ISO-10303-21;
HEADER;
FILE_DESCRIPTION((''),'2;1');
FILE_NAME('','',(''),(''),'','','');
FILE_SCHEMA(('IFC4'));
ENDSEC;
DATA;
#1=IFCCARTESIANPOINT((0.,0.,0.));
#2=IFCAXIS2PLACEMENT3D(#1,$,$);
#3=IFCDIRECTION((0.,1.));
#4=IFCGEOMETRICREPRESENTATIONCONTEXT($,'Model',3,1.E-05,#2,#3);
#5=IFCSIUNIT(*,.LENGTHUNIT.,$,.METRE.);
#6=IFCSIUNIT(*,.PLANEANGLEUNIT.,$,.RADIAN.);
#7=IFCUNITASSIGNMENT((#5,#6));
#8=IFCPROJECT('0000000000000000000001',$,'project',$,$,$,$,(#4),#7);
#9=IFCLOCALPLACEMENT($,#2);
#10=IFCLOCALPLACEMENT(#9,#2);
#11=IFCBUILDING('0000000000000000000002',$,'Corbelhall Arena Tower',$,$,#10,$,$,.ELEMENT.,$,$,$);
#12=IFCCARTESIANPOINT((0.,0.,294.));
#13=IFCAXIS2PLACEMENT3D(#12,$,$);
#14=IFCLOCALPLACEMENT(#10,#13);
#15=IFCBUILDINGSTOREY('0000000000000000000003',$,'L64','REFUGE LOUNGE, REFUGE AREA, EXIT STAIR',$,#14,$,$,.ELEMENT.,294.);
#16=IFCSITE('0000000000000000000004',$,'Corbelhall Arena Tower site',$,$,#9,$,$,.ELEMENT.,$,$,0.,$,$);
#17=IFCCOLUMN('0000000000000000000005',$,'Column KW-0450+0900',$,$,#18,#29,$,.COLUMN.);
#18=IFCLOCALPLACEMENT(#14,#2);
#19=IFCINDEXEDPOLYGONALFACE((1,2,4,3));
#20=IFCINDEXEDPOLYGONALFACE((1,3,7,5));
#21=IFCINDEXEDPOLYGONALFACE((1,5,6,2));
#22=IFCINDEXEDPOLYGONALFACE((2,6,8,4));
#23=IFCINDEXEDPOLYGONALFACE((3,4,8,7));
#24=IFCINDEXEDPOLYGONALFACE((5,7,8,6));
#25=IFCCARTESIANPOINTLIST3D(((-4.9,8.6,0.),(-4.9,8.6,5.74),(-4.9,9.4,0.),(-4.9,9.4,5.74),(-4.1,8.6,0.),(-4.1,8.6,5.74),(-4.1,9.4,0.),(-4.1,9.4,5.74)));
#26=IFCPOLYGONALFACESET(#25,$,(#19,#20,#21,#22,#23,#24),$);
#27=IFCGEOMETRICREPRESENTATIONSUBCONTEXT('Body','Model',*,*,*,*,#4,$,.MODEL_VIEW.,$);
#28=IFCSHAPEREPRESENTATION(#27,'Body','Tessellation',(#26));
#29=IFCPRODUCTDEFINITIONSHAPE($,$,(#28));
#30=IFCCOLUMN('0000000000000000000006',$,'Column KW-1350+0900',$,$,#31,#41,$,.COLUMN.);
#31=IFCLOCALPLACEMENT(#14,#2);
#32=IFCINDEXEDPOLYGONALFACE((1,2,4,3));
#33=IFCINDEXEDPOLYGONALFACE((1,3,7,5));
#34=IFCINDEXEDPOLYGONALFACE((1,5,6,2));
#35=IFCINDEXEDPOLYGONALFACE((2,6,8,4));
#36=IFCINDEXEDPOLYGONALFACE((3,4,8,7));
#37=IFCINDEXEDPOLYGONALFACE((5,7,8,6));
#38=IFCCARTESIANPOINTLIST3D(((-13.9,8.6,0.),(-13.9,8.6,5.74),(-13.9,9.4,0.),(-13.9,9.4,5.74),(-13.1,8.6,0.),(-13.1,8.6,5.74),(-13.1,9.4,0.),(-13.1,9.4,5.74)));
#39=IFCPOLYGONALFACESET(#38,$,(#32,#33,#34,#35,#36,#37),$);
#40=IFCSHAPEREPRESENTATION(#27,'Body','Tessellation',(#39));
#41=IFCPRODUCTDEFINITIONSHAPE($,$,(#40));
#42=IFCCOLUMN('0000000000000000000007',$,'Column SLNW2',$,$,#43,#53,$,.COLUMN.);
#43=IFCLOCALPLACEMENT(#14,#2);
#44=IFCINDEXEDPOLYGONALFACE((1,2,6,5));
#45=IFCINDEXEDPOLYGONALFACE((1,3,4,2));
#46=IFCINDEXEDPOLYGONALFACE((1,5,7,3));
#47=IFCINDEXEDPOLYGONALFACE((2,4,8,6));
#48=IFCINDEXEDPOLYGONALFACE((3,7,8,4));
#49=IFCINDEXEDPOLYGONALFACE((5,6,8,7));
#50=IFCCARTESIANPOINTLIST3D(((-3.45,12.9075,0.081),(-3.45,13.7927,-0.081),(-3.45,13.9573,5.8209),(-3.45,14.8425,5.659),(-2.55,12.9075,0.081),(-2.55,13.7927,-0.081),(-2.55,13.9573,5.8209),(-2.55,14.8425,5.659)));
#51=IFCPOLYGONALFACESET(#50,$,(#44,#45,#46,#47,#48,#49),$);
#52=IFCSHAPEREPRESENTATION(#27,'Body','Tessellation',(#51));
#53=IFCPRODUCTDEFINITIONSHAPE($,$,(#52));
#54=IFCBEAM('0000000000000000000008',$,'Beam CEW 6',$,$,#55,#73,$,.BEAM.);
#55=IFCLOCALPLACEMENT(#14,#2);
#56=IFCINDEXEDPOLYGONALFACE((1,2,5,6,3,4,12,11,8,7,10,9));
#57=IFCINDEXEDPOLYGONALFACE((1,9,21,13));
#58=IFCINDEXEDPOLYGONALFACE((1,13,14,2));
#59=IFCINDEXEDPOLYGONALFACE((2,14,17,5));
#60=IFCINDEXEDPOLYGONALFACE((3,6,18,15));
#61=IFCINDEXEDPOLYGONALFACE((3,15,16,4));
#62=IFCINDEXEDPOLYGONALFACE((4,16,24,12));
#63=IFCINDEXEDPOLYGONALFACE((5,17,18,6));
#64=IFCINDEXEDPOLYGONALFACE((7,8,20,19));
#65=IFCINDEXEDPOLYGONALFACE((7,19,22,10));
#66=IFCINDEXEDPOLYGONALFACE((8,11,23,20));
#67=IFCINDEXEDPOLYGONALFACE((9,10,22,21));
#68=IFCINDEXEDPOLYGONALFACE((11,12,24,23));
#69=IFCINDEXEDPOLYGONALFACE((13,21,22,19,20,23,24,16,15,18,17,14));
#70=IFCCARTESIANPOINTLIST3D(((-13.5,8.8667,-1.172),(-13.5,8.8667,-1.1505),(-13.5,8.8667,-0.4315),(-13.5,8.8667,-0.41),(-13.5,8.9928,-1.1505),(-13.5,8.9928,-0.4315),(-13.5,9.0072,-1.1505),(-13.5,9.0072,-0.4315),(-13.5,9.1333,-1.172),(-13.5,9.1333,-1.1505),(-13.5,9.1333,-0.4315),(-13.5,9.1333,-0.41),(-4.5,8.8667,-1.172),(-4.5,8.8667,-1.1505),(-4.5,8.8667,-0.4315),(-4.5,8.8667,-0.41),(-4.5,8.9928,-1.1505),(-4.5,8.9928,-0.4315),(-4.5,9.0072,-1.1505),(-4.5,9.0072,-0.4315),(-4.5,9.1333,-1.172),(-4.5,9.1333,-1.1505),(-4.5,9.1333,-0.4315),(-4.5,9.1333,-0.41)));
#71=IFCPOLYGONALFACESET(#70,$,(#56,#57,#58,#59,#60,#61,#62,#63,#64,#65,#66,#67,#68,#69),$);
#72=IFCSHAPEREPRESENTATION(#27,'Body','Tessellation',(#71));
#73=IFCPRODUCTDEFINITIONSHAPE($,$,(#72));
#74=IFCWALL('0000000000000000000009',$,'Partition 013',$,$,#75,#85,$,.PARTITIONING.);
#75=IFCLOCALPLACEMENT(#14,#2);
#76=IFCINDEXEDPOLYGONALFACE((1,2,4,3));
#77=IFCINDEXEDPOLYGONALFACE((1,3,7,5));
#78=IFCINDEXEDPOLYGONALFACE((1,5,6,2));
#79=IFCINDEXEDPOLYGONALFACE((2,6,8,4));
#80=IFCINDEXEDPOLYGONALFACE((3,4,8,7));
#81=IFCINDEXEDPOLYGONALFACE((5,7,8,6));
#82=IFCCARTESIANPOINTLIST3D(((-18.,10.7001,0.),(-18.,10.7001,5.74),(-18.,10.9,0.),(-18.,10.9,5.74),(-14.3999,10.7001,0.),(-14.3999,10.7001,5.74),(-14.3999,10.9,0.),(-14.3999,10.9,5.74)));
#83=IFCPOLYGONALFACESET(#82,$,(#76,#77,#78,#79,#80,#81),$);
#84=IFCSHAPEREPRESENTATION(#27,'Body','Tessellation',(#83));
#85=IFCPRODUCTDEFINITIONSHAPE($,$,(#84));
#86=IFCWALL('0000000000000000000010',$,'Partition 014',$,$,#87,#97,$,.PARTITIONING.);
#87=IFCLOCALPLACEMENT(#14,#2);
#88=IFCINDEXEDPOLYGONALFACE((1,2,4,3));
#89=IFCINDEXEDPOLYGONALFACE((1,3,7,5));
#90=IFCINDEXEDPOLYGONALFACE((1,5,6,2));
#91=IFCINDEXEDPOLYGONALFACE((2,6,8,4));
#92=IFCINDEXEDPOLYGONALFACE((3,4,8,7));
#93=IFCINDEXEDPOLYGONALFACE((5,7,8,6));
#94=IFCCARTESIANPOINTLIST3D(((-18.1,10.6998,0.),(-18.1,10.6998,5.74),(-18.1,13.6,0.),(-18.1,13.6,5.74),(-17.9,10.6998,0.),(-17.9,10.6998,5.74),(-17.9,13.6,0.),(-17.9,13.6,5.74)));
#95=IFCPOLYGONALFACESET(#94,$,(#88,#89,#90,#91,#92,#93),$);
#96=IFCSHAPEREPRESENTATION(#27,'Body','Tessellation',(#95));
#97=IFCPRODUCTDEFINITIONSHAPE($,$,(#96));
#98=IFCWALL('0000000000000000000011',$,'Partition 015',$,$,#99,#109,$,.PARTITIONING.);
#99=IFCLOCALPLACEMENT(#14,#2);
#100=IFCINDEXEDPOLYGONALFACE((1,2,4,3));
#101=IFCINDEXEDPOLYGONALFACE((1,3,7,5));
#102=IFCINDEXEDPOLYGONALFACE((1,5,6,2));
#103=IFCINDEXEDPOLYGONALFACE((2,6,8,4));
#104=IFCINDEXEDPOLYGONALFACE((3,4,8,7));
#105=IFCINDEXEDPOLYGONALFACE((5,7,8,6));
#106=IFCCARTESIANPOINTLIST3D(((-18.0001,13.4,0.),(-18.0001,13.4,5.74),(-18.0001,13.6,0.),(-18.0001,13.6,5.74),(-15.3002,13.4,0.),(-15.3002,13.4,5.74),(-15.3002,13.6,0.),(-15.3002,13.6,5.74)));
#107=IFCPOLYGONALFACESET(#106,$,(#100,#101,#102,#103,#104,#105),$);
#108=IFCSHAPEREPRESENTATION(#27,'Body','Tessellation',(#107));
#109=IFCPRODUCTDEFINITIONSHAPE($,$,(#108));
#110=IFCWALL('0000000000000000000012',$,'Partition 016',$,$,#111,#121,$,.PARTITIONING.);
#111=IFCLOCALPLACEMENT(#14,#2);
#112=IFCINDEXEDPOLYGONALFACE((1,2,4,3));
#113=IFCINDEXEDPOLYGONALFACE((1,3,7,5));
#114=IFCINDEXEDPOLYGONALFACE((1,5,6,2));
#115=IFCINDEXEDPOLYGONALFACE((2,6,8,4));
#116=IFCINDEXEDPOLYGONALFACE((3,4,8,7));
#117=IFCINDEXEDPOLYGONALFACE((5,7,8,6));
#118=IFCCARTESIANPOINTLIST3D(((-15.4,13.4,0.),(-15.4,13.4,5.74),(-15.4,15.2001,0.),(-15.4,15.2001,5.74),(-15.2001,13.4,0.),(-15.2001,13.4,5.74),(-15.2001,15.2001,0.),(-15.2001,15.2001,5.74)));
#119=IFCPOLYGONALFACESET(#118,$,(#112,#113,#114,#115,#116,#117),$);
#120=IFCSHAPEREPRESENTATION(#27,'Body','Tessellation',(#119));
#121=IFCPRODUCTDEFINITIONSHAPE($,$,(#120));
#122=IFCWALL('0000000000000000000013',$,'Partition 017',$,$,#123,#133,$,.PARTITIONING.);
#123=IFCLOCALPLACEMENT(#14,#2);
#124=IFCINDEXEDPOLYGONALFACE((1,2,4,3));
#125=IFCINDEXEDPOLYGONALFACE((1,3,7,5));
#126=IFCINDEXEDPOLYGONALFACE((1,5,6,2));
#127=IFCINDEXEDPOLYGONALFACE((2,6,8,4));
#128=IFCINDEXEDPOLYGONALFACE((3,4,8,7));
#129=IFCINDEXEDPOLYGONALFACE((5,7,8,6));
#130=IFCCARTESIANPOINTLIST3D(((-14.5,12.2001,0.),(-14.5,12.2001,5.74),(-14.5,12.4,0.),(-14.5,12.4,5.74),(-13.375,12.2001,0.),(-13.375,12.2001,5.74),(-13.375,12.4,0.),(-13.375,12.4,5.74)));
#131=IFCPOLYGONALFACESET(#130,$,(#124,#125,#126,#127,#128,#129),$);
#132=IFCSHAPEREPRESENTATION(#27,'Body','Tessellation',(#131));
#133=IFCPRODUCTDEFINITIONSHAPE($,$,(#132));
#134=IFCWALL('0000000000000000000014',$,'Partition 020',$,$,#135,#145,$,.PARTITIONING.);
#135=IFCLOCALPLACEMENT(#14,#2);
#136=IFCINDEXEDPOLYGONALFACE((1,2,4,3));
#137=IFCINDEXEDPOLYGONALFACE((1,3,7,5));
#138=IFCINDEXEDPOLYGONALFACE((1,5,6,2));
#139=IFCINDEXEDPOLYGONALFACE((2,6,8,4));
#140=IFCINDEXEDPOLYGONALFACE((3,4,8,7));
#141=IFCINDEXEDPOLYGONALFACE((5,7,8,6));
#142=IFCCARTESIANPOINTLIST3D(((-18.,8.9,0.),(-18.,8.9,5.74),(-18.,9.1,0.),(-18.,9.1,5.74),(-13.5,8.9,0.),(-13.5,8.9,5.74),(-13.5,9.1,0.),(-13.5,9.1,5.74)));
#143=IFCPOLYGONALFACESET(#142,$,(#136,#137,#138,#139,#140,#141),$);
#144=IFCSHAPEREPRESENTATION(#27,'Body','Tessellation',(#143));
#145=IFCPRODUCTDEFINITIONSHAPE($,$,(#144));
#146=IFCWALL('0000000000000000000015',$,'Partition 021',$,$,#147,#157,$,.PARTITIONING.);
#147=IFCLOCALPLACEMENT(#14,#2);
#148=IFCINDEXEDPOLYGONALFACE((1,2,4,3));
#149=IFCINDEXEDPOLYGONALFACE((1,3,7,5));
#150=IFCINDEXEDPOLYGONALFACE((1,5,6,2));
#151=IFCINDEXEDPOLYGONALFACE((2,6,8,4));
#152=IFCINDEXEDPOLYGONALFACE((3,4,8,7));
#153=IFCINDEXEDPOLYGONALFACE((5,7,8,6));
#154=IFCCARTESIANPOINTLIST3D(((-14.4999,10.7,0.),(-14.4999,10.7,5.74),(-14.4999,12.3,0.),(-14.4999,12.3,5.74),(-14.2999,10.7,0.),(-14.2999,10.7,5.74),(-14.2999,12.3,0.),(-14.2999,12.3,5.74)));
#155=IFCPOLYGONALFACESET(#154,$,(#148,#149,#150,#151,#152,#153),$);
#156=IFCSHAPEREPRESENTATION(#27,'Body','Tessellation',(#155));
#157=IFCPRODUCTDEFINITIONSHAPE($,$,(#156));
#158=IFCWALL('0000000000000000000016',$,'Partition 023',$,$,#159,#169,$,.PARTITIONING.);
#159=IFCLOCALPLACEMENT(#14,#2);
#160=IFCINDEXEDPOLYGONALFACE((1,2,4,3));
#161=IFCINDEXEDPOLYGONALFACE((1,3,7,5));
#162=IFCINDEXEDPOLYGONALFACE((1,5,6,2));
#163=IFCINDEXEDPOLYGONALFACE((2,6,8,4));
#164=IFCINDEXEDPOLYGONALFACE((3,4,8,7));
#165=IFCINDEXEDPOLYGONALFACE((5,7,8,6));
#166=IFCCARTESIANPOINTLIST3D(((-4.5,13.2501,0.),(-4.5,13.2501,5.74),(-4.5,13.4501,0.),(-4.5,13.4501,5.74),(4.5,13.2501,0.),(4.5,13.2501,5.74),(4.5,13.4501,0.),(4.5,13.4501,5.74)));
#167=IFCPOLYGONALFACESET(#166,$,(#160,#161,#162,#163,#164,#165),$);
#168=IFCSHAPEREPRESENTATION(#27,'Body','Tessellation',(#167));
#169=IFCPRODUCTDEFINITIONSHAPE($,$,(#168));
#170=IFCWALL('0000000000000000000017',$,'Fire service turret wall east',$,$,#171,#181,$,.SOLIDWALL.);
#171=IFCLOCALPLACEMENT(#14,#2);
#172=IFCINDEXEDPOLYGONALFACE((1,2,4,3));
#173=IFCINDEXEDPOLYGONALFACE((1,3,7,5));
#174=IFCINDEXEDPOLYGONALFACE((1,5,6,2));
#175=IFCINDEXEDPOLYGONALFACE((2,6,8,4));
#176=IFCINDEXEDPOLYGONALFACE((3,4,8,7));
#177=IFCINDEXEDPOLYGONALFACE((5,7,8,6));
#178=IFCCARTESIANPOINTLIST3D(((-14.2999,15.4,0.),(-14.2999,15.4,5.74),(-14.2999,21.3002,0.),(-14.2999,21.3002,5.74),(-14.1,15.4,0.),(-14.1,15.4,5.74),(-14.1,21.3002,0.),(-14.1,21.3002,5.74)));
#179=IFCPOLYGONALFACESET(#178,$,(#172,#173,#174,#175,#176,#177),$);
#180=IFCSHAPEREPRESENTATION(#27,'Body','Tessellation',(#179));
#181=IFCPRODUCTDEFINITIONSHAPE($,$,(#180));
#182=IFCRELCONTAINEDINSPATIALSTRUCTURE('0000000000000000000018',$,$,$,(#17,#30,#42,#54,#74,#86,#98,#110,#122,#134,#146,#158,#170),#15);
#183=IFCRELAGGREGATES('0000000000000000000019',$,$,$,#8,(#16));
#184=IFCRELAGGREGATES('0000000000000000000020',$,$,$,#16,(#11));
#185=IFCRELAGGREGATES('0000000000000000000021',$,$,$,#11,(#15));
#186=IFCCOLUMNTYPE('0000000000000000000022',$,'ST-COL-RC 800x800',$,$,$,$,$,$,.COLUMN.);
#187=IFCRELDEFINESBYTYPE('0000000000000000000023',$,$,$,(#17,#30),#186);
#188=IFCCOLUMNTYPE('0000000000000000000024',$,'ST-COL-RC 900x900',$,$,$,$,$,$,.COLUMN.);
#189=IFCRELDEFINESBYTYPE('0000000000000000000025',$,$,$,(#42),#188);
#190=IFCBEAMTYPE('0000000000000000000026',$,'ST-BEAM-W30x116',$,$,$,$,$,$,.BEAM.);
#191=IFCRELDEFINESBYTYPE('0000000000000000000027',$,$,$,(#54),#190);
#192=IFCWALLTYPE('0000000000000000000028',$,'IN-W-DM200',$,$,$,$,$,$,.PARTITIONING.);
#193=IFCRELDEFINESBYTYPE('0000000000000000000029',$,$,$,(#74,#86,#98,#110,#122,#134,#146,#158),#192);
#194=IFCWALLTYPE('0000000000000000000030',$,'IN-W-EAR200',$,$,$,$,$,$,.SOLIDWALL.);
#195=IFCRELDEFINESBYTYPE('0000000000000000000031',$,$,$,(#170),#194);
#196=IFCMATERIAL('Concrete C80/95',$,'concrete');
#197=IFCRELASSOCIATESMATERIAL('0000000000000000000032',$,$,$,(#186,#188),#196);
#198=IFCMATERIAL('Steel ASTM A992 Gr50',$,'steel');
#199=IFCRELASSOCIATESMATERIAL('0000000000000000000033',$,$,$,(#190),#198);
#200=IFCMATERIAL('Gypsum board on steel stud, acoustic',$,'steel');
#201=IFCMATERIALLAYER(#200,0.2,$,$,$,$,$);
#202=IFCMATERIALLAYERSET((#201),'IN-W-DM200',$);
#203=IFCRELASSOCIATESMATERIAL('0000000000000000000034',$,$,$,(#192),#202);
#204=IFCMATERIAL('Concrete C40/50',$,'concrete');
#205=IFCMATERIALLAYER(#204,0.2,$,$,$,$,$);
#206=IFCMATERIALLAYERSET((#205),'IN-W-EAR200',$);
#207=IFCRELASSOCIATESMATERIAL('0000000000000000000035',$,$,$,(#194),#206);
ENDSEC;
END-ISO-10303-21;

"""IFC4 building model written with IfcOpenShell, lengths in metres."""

from ifc_helpers import new_model, si_unit, direction, frame, frame_2d, origin, origin_2d, place, context, subcontext, project, spatial, rectangle, i_section, extrude, material, layer, layer_set, material_profile, profile_set, type_object, element, save


model = new_model("IFC4")

# Units and contexts
model_context = context("Model", 3, precision=1e-05, world=origin(), true_north=direction((0.0, 1.0)))
body_context = subcontext(model_context, "Body", "Model", "MODEL_VIEW")
ifc_project = project(units=[si_unit("LENGTHUNIT", "METRE"), si_unit("PLANEANGLEUNIT", "RADIAN")], contexts=[model_context])

# Site, building, storey
site_placement = place(None, origin())
site = spatial("IfcSite", under=ifc_project, at=site_placement, Name="Corbelhall Arena Tower site", CompositionType="ELEMENT", RefElevation=0.0)
building_placement = place(site_placement, origin())
building = spatial("IfcBuilding", under=site, at=building_placement, Name="Corbelhall Arena Tower", CompositionType="ELEMENT")
storey_placement = place(building_placement, frame((0.0, 0.0, 294.0)))
storey = spatial("IfcBuildingStorey", under=building, at=storey_placement, Name="L64", Description="REFUGE LOUNGE, REFUGE AREA, EXIT STAIR", CompositionType="ELEMENT", Elevation=294.0)

# Columns
ifc_material_1 = material(Name="Concrete C80/95", Category="concrete")
ifc_material_profile_1 = material_profile(ifc_material_1, rectangle(XDim=0.8, YDim=0.8, at=origin_2d()))
ifc_profile_set_1 = profile_set([ifc_material_profile_1], Name="Concrete C80/95")
column_type_1 = type_object("IfcColumnType", Name="ST-COL-RC 800x800", PredefinedType="COLUMN", material=ifc_profile_set_1)
for number, where, z_axis, x_axis, name in (
    (1, (-4.5, 9.0, 0.0), (0.0, 0.0, 1.0), (1.0, 0.0, 0.0), "Column KW-0450+0900"),
    (2, (-13.5, 9.0, 0.0), (0.0, 0.0, 1.0), (1.0, 0.0, 0.0), "Column KW-1350+0900"),
):
    element("IfcColumn", number, at=place(storey_placement, frame(where, z_axis=z_axis, x_axis=x_axis)), inside=storey, type_object=column_type_1, Name=name, PredefinedType="COLUMN", context=body_context, shape_type="SweptSolid", body=[
        extrude(rectangle(XDim=0.8, YDim=0.8, at=origin_2d()), origin(), (0.0, 0.0, 1.0), 5.74),
    ])
ifc_material_profile_2 = material_profile(ifc_material_1, rectangle(XDim=0.8999, YDim=0.8999, at=origin_2d()))
ifc_profile_set_2 = profile_set([ifc_material_profile_2], Name="Concrete C80/95")
column_type_2 = type_object("IfcColumnType", Name="ST-COL-RC 900x900", PredefinedType="COLUMN", material=ifc_profile_set_2)
column_placement = place(storey_placement, frame((-3.0, 13.3501, 0.0), z_axis=(0.0, 0.179909, 0.983683), x_axis=(-1.0, 0.0, 0.0)))
element("IfcColumn", 3, at=column_placement, inside=storey, type_object=column_type_2, Name="Column SLNW2", PredefinedType="COLUMN", context=body_context, shape_type="SweptSolid", body=[
    extrude(rectangle(XDim=0.8999, YDim=0.8999, at=origin_2d()), origin(), (0.0, 0.0, 1.0), 5.8352),
])

# Beam
ifc_material_2 = material(Name="Steel ASTM A992 Gr50", Category="steel")
ifc_material_profile_3 = material_profile(ifc_material_2, i_section(OverallWidth=0.2666, OverallDepth=0.762, WebThickness=0.0144, FlangeThickness=0.0215, at=origin_2d()))
ifc_profile_set_3 = profile_set([ifc_material_profile_3], Name="Steel ASTM A992 Gr50")
beam_type = type_object("IfcBeamType", Name="ST-BEAM-W30x116", PredefinedType="BEAM", material=ifc_profile_set_3)
beam_placement = place(storey_placement, frame((-13.5, 9.0, -0.791), z_axis=(1.0, 0.0, 0.0), x_axis=(0.0, 1.0, 0.0)))
element("IfcBeam", 4, at=beam_placement, inside=storey, type_object=beam_type, Name="Beam CEW 6", PredefinedType="BEAM", context=body_context, shape_type="SweptSolid", body=[
    extrude(i_section(OverallWidth=0.2666, OverallDepth=0.762, WebThickness=0.0144, FlangeThickness=0.0215, at=origin_2d()), origin(), (0.0, 0.0, 1.0), 9.0),
])

# Walls
ifc_material_3 = material(Name="Gypsum board on steel stud, acoustic", Category="steel")
ifc_layer_1 = layer(ifc_material_3, 0.2)
ifc_layer_set_1 = layer_set([ifc_layer_1], Name="IN-W-DM200")
wall_type_1 = type_object("IfcWallType", Name="IN-W-DM200", PredefinedType="PARTITIONING", material=ifc_layer_set_1)
wall_1_placement = place(storey_placement, frame((-18.0, 10.8, 0.0), z_axis=(0.0, 0.0, 1.0), x_axis=(1.0, 0.0, 0.0)))
element("IfcWall", 5, at=wall_1_placement, inside=storey, type_object=wall_type_1, Name="Partition 013", PredefinedType="PARTITIONING", context=body_context, shape_type="SweptSolid", body=[
    extrude(rectangle(XDim=3.6001, YDim=0.2, at=frame_2d((1.8, 0.0))), origin(), (0.0, 0.0, 1.0), 5.74),
])
wall_2_placement = place(storey_placement, frame((-18.0, 13.6001, 0.0), z_axis=(0.0, 0.0, 1.0), x_axis=(0.0, -1.0, 0.0)))
element("IfcWall", 6, at=wall_2_placement, inside=storey, type_object=wall_type_1, Name="Partition 014", PredefinedType="PARTITIONING", context=body_context, shape_type="SweptSolid", body=[
    extrude(rectangle(XDim=2.9001, YDim=0.2, at=frame_2d((1.4502, 0.0))), origin(), (0.0, 0.0, 1.0), 5.74),
])
wall_3_placement = place(storey_placement, frame((-15.3, 13.5, 0.0), z_axis=(0.0, 0.0, 1.0), x_axis=(-1.0, 0.0, 0.0)))
element("IfcWall", 7, at=wall_3_placement, inside=storey, type_object=wall_type_1, Name="Partition 015", PredefinedType="PARTITIONING", context=body_context, shape_type="SweptSolid", body=[
    extrude(rectangle(XDim=2.7, YDim=0.2, at=frame_2d((1.3501, 0.0))), origin(), (0.0, 0.0, 1.0), 5.74),
])
wall_4_placement = place(storey_placement, frame((-15.3, 15.2, 0.0), z_axis=(0.0, 0.0, 1.0), x_axis=(0.0, -1.0, 0.0)))
element("IfcWall", 8, at=wall_4_placement, inside=storey, type_object=wall_type_1, Name="Partition 016", PredefinedType="PARTITIONING", context=body_context, shape_type="SweptSolid", body=[
    extrude(rectangle(XDim=1.8, YDim=0.2, at=frame_2d((0.8999, 0.0))), origin(), (0.0, 0.0, 1.0), 5.74),
])
wall_5_placement = place(storey_placement, frame((-14.5, 12.3, 0.0), z_axis=(0.0, 0.0, 1.0), x_axis=(1.0, 0.0, 0.0)))
element("IfcWall", 9, at=wall_5_placement, inside=storey, type_object=wall_type_1, Name="Partition 017", PredefinedType="PARTITIONING", context=body_context, shape_type="SweptSolid", body=[
    extrude(rectangle(XDim=1.125, YDim=0.2, at=frame_2d((0.5625, 0.0))), origin(), (0.0, 0.0, 1.0), 5.74),
])
wall_6_placement = place(storey_placement, frame((-13.5, 9.0, 0.0), z_axis=(0.0, 0.0, 1.0), x_axis=(-1.0, 0.0, 0.0)))
element("IfcWall", 10, at=wall_6_placement, inside=storey, type_object=wall_type_1, Name="Partition 020", PredefinedType="PARTITIONING", context=body_context, shape_type="SweptSolid", body=[
    extrude(rectangle(XDim=4.5, YDim=0.2, at=frame_2d((2.25, 0.0))), origin(), (0.0, 0.0, 1.0), 5.74),
])
wall_7_placement = place(storey_placement, frame((-14.3999, 10.7, 0.0), z_axis=(0.0, 0.0, 1.0), x_axis=(0.0, 1.0, 0.0)))
element("IfcWall", 11, at=wall_7_placement, inside=storey, type_object=wall_type_1, Name="Partition 021", PredefinedType="PARTITIONING", context=body_context, shape_type="SweptSolid", body=[
    extrude(rectangle(XDim=1.6001, YDim=0.2, at=frame_2d((0.8, 0.0))), origin(), (0.0, 0.0, 1.0), 5.74),
])
wall_8_placement = place(storey_placement, frame((-4.5, 13.3501, 0.0), z_axis=(0.0, 0.0, 1.0), x_axis=(1.0, 0.0, 0.0)))
element("IfcWall", 12, at=wall_8_placement, inside=storey, type_object=wall_type_1, Name="Partition 023", PredefinedType="PARTITIONING", context=body_context, shape_type="SweptSolid", body=[
    extrude(rectangle(XDim=9.0, YDim=0.2, at=frame_2d((4.5, 0.0))), origin(), (0.0, 0.0, 1.0), 5.74),
])
ifc_material_4 = material(Name="Concrete C40/50", Category="concrete")
ifc_layer_2 = layer(ifc_material_4, 0.2)
ifc_layer_set_2 = layer_set([ifc_layer_2], Name="IN-W-EAR200")
wall_type_2 = type_object("IfcWallType", Name="IN-W-EAR200", PredefinedType="SOLIDWALL", material=ifc_layer_set_2)
wall_9_placement = place(storey_placement, frame((-14.2, 15.3999, 0.0), z_axis=(0.0, 0.0, 1.0), x_axis=(0.0, 1.0, 0.0)))
element("IfcWall", 13, at=wall_9_placement, inside=storey, type_object=wall_type_2, Name="Fire service turret wall east", PredefinedType="SOLIDWALL", context=body_context, shape_type="SweptSolid", body=[
    extrude(rectangle(XDim=5.9001, YDim=0.2, at=frame_2d((2.9502, 0.0))), origin(), (0.0, 0.0, 1.0), 5.74),
])

save(model, "model.ifc")
